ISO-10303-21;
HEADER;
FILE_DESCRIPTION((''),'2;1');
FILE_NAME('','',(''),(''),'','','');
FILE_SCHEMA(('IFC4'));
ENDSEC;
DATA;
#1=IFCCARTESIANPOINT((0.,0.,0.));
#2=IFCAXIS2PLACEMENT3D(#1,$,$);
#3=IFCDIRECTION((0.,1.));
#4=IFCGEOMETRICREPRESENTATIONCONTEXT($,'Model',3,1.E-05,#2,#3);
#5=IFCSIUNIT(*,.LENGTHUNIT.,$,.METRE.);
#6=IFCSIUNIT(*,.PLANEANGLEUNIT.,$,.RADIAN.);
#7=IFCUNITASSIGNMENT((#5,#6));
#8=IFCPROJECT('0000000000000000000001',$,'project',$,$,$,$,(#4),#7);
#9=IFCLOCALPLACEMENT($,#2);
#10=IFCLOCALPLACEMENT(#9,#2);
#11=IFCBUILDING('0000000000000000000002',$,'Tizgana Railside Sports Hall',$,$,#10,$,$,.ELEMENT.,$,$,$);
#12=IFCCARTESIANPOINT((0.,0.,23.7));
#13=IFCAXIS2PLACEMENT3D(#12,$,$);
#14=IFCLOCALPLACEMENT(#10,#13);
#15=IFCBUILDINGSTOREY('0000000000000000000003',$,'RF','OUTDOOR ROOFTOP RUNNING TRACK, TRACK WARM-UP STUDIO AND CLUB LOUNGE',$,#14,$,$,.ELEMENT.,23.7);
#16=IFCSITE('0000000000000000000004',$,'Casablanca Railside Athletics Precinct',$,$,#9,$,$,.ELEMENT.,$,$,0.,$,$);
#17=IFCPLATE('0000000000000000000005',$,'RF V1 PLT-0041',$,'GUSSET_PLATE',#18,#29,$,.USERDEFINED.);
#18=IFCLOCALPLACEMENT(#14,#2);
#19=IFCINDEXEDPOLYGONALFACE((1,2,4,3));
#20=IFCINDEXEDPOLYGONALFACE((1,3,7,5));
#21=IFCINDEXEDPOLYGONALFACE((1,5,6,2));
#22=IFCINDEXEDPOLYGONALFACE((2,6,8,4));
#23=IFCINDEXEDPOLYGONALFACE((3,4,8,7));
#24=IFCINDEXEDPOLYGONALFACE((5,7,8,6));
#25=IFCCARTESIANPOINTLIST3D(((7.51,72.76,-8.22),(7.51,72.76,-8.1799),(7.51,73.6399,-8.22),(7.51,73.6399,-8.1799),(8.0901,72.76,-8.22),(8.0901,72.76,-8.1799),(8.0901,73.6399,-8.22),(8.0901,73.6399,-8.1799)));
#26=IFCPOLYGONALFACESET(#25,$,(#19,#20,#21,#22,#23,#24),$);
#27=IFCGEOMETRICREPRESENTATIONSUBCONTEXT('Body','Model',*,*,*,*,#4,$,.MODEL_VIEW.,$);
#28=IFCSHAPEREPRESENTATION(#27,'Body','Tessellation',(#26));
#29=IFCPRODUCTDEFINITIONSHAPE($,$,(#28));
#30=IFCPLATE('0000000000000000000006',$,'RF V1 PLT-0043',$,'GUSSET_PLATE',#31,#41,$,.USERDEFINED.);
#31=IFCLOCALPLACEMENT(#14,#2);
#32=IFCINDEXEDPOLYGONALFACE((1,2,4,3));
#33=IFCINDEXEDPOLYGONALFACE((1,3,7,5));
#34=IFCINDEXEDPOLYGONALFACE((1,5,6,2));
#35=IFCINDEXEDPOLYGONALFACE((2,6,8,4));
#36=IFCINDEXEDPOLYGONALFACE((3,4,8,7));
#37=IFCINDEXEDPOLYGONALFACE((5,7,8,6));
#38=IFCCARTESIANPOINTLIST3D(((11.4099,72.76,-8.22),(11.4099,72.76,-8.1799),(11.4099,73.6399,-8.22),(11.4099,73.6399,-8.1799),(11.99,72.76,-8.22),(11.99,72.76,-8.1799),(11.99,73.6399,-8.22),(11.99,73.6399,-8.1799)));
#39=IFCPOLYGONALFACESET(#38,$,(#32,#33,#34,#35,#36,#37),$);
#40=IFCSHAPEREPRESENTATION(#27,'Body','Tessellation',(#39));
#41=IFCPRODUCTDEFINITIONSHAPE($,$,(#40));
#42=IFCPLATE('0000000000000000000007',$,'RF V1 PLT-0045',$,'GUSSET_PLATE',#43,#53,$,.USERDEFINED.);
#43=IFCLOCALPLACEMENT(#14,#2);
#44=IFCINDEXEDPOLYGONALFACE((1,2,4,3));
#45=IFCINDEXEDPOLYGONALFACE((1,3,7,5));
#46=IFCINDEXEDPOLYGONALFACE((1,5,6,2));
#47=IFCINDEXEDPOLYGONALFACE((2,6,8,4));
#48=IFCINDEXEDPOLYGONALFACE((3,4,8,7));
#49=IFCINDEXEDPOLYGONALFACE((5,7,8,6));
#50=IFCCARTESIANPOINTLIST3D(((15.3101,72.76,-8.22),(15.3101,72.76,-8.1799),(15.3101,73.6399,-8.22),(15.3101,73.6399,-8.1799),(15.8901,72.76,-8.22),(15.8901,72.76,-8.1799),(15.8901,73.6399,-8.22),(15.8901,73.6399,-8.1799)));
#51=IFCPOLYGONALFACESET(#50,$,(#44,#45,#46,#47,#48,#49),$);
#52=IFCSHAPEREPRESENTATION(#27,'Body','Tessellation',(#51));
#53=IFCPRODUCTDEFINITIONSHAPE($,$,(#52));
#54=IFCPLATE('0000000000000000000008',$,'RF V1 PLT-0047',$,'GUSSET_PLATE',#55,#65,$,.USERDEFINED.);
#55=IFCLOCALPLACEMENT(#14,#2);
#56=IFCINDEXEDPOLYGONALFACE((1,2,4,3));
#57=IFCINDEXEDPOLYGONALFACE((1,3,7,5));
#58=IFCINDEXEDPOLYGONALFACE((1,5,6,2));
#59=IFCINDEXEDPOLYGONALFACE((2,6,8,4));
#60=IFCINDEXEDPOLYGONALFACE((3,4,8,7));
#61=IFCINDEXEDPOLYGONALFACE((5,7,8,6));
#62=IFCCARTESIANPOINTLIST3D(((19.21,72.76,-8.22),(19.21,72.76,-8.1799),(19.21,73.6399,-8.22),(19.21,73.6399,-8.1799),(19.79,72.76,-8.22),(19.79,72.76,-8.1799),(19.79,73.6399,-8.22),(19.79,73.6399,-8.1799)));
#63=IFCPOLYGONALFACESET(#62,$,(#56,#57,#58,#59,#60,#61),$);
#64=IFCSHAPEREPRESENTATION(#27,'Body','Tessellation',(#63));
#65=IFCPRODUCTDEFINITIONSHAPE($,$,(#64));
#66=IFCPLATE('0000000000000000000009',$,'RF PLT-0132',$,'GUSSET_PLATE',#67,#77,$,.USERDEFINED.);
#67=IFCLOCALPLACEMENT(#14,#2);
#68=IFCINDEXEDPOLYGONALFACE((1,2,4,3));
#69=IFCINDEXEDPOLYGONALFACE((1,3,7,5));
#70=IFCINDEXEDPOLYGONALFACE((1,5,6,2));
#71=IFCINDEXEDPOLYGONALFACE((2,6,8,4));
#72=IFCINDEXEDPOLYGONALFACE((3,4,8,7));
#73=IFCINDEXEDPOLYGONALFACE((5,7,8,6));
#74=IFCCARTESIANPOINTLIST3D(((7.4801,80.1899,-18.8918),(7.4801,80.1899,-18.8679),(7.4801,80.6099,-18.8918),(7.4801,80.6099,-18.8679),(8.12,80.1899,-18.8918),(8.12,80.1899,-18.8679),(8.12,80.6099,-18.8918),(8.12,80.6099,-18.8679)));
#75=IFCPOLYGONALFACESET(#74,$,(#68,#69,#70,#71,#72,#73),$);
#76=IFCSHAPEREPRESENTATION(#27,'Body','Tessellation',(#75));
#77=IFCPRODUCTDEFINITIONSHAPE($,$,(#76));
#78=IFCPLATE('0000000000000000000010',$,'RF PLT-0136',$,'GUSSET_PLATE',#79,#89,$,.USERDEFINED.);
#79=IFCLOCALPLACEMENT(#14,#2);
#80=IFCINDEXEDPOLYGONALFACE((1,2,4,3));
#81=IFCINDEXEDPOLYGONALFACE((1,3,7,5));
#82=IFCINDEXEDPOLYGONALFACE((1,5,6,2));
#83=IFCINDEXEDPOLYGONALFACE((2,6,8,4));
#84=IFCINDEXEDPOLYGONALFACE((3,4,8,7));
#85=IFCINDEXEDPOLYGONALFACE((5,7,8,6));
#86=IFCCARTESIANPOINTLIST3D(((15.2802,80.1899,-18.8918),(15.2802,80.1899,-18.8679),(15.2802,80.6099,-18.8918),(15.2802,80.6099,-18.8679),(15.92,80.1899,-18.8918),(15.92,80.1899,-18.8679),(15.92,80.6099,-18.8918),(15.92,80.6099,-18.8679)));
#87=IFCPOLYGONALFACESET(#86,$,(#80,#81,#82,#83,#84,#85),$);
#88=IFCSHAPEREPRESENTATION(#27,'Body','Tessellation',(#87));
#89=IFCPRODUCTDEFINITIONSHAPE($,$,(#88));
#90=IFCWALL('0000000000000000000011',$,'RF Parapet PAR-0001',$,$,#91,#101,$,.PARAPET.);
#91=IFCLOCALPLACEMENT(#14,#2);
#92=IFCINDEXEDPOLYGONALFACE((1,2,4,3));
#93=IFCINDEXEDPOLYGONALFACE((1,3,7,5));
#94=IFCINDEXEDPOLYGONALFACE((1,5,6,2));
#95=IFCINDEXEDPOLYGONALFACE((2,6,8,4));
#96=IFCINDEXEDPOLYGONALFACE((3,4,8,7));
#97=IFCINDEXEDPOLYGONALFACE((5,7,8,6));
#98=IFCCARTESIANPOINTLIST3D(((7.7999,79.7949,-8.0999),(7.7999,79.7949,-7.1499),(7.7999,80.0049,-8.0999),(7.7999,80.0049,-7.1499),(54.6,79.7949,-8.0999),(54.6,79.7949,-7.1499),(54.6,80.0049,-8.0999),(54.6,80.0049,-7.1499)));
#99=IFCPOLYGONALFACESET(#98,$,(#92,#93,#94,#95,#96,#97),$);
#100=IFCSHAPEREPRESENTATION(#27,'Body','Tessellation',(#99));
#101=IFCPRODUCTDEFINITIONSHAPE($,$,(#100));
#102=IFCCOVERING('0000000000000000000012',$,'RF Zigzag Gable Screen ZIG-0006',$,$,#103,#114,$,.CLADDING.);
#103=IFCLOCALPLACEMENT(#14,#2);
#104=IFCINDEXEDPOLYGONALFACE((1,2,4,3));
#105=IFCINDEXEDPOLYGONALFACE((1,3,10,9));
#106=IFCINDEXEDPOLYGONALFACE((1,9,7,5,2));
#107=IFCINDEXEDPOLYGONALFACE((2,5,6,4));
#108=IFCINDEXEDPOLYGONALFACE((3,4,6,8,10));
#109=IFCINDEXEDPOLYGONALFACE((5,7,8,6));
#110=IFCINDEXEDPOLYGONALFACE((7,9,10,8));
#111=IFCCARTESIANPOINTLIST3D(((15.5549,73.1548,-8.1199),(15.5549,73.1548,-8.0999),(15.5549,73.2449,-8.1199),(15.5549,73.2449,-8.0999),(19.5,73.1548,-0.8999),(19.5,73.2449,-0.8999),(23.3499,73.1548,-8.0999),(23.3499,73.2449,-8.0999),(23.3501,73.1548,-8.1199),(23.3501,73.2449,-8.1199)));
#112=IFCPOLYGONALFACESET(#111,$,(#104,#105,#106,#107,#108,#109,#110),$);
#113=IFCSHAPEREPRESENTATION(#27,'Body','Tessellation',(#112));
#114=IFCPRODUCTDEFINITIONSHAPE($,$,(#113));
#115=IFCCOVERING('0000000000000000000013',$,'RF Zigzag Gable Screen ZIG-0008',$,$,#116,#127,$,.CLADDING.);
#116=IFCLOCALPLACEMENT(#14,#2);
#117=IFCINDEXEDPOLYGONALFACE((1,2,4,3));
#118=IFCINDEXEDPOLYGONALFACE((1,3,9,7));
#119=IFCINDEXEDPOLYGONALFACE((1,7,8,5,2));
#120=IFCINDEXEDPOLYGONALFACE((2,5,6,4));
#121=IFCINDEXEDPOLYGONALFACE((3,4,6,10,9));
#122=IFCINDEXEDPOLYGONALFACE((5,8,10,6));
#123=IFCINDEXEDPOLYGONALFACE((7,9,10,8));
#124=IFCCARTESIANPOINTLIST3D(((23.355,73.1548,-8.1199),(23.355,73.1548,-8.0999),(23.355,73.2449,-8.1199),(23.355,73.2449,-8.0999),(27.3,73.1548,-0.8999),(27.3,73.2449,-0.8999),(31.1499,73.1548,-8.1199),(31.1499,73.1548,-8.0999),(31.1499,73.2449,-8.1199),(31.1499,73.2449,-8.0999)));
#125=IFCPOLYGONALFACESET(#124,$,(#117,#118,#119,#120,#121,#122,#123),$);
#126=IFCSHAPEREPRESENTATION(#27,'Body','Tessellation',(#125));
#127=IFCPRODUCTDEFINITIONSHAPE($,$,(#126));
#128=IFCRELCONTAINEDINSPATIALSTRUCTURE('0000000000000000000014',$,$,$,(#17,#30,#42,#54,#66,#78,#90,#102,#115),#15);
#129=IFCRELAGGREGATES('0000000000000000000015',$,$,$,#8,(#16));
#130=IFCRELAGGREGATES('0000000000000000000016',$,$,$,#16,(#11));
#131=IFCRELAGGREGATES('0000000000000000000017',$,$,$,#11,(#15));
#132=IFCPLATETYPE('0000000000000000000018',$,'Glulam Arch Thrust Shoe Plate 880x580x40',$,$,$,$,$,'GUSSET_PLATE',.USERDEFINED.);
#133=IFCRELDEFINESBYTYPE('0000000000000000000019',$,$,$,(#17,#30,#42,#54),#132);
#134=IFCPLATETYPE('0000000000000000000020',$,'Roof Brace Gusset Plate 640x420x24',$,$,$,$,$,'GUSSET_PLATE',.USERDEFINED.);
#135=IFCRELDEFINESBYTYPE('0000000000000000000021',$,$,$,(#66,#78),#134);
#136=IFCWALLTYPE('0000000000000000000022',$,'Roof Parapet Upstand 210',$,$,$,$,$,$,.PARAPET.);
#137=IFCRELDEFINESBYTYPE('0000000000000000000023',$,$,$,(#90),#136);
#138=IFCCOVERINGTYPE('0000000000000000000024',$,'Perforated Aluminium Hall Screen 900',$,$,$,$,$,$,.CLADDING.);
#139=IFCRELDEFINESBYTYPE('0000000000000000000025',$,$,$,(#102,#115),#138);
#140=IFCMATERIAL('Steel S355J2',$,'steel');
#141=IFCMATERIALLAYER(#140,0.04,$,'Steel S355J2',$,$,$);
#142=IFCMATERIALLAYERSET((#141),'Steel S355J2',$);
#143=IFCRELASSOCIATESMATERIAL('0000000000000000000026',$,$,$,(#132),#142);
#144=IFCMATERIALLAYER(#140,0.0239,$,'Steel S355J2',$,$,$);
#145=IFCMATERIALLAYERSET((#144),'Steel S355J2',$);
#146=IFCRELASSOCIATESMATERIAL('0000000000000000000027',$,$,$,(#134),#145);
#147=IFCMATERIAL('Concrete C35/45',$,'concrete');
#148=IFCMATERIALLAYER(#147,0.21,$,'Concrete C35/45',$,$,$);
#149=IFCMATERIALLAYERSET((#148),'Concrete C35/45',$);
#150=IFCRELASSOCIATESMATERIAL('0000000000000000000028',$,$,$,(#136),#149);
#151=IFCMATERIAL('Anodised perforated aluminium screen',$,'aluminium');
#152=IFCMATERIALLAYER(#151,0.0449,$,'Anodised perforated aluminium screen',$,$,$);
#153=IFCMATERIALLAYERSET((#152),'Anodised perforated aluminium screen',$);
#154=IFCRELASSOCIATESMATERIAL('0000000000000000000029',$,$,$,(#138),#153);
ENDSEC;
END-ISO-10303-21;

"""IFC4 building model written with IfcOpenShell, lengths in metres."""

from ifc_helpers import new_model, si_unit, direction, frame, frame_2d, origin, origin_2d, place, context, subcontext, project, spatial, polyline, rectangle, outline, extrude, material, layer, layer_set, type_object, element, save


model = new_model("IFC4")

# Units and contexts
model_context = context("Model", 3, precision=1e-05, world=origin(), true_north=direction((0.0, 1.0)))
body_context = subcontext(model_context, "Body", "Model", "MODEL_VIEW")
ifc_project = project(units=[si_unit("LENGTHUNIT", "METRE"), si_unit("PLANEANGLEUNIT", "RADIAN")], contexts=[model_context])

# Site, building, storey
site_placement = place(None, origin())
site = spatial("IfcSite", under=ifc_project, at=site_placement, Name="Casablanca Railside Athletics Precinct", CompositionType="ELEMENT", RefElevation=0.0)
building_placement = place(site_placement, origin())
building = spatial("IfcBuilding", under=site, at=building_placement, Name="Tizgana Railside Sports Hall", CompositionType="ELEMENT")
storey_placement = place(building_placement, frame((0.0, 0.0, 23.7)))
storey = spatial("IfcBuildingStorey", under=building, at=storey_placement, Name="RF", Description="OUTDOOR ROOFTOP RUNNING TRACK, TRACK WARM-UP STUDIO AND CLUB LOUNGE", CompositionType="ELEMENT", Elevation=23.7)

# Shared definitions
ifc_material_1 = material(Name="Steel S355J2", Category="steel")

# Plates
ifc_layer_1 = layer(ifc_material_1, 0.04, Name="Steel S355J2")
ifc_layer_set_1 = layer_set([ifc_layer_1], Name="Steel S355J2")
plate_type_1 = type_object("IfcPlateType", Name="Glulam Arch Thrust Shoe Plate 880x580x40", ElementType="GUSSET_PLATE", PredefinedType="USERDEFINED", material=ifc_layer_set_1)
for number, where, z_axis, x_axis, name in (
    (1, (7.8, 73.2, -8.22), (0.0, 0.0, 1.0), (1.0, 0.0, 0.0), "RF V1 PLT-0041"),
    (2, (11.7, 73.2, -8.22), (0.0, 0.0, 1.0), (1.0, 0.0, 0.0), "RF V1 PLT-0043"),
    (3, (15.6001, 73.2, -8.22), (0.0, 0.0, 1.0), (1.0, 0.0, 0.0), "RF V1 PLT-0045"),
    (4, (19.5, 73.2, -8.22), (0.0, 0.0, 1.0), (1.0, 0.0, 0.0), "RF V1 PLT-0047"),
):
    element("IfcPlate", number, at=place(storey_placement, frame(where, z_axis=z_axis, x_axis=x_axis)), inside=storey, type_object=plate_type_1, Name=name, ObjectType="GUSSET_PLATE", PredefinedType="USERDEFINED", context=body_context, shape_type="SweptSolid", body=[
        extrude(rectangle(XDim=0.5801, YDim=0.8799, at=origin_2d()), origin(), (0.0, 0.0, 1.0), 0.04),
    ])
ifc_layer_2 = layer(ifc_material_1, 0.0239, Name="Steel S355J2")
ifc_layer_set_2 = layer_set([ifc_layer_2], Name="Steel S355J2")
plate_type_2 = type_object("IfcPlateType", Name="Roof Brace Gusset Plate 640x420x24", ElementType="GUSSET_PLATE", PredefinedType="USERDEFINED", material=ifc_layer_set_2)
for number, where, z_axis, x_axis, name in (
    (5, (7.8, 80.3999, -18.8918), (0.0, 0.0, 1.0), (1.0, 0.0, 0.0), "RF PLT-0132"),
    (6, (15.6001, 80.3999, -18.8918), (0.0, 0.0, 1.0), (1.0, 0.0, 0.0), "RF PLT-0136"),
):
    element("IfcPlate", number, at=place(storey_placement, frame(where, z_axis=z_axis, x_axis=x_axis)), inside=storey, type_object=plate_type_2, Name=name, ObjectType="GUSSET_PLATE", PredefinedType="USERDEFINED", context=body_context, shape_type="SweptSolid", body=[
        extrude(rectangle(XDim=0.6399, YDim=0.4199, at=origin_2d()), origin(), (0.0, 0.0, 1.0), 0.0239),
    ])

# Wall
ifc_material_2 = material(Name="Concrete C35/45", Category="concrete")
ifc_layer_3 = layer(ifc_material_2, 0.21, Name="Concrete C35/45")
ifc_layer_set_3 = layer_set([ifc_layer_3], Name="Concrete C35/45")
wall_type = type_object("IfcWallType", Name="Roof Parapet Upstand 210", PredefinedType="PARAPET", material=ifc_layer_set_3)
wall_placement = place(storey_placement, frame((7.8, 79.8999, -8.0999), z_axis=(0.0, 0.0, 1.0), x_axis=(1.0, 0.0, 0.0)))
element("IfcWall", 7, at=wall_placement, inside=storey, type_object=wall_type, Name="RF Parapet PAR-0001", PredefinedType="PARAPET", context=body_context, shape_type="SweptSolid", body=[
    extrude(rectangle(XDim=46.8, YDim=0.21, at=frame_2d((23.3999, 0.0))), origin(), (0.0, 0.0, 1.0), 0.95),
])

# Coverings
ifc_material_3 = material(Name="Anodised perforated aluminium screen", Category="aluminium")
ifc_layer_4 = layer(ifc_material_3, 0.0449, Name="Anodised perforated aluminium screen")
ifc_layer_set_4 = layer_set([ifc_layer_4], Name="Anodised perforated aluminium screen")
covering_type = type_object("IfcCoveringType", Name="Perforated Aluminium Hall Screen 900", PredefinedType="CLADDING", material=ifc_layer_set_4)
covering_1_placement = place(storey_placement, frame((15.5549, 73.2, -8.1199), z_axis=(0.0, 0.0, 1.0), x_axis=(1.0, 0.0, 0.0)))
element("IfcCovering", 8, at=covering_1_placement, inside=storey, type_object=covering_type, Name="RF Zigzag Gable Screen ZIG-0006", PredefinedType="CLADDING", context=body_context, shape_type="SweptSolid", body=[
    extrude(outline(polyline([(0.0, 0.0), (7.7952, 0.0), (7.7949, 0.02), (3.9451, 7.22), (0.0, 0.02), (0.0, 0.0)])), frame((0.0, 0.0449, 0.0), z_axis=(0.0, -1.0, 0.0), x_axis=(1.0, 0.0, 0.0)), (0.0, 0.0, 1.0), 0.0901),
])
covering_2_placement = place(storey_placement, frame((23.355, 73.2, -8.1199), z_axis=(0.0, 0.0, 1.0), x_axis=(1.0, 0.0, 0.0)))
element("IfcCovering", 9, at=covering_2_placement, inside=storey, type_object=covering_type, Name="RF Zigzag Gable Screen ZIG-0008", PredefinedType="CLADDING", context=body_context, shape_type="SweptSolid", body=[
    extrude(outline(polyline([(0.0, 0.0), (7.7949, 0.0), (7.7949, 0.02), (3.9451, 7.22), (0.0, 0.02), (0.0, 0.0)])), frame((0.0, 0.0449, 0.0), z_axis=(0.0, -1.0, 0.0), x_axis=(1.0, 0.0, 0.0)), (0.0, 0.0, 1.0), 0.0901),
])

save(model, "model.ifc")
